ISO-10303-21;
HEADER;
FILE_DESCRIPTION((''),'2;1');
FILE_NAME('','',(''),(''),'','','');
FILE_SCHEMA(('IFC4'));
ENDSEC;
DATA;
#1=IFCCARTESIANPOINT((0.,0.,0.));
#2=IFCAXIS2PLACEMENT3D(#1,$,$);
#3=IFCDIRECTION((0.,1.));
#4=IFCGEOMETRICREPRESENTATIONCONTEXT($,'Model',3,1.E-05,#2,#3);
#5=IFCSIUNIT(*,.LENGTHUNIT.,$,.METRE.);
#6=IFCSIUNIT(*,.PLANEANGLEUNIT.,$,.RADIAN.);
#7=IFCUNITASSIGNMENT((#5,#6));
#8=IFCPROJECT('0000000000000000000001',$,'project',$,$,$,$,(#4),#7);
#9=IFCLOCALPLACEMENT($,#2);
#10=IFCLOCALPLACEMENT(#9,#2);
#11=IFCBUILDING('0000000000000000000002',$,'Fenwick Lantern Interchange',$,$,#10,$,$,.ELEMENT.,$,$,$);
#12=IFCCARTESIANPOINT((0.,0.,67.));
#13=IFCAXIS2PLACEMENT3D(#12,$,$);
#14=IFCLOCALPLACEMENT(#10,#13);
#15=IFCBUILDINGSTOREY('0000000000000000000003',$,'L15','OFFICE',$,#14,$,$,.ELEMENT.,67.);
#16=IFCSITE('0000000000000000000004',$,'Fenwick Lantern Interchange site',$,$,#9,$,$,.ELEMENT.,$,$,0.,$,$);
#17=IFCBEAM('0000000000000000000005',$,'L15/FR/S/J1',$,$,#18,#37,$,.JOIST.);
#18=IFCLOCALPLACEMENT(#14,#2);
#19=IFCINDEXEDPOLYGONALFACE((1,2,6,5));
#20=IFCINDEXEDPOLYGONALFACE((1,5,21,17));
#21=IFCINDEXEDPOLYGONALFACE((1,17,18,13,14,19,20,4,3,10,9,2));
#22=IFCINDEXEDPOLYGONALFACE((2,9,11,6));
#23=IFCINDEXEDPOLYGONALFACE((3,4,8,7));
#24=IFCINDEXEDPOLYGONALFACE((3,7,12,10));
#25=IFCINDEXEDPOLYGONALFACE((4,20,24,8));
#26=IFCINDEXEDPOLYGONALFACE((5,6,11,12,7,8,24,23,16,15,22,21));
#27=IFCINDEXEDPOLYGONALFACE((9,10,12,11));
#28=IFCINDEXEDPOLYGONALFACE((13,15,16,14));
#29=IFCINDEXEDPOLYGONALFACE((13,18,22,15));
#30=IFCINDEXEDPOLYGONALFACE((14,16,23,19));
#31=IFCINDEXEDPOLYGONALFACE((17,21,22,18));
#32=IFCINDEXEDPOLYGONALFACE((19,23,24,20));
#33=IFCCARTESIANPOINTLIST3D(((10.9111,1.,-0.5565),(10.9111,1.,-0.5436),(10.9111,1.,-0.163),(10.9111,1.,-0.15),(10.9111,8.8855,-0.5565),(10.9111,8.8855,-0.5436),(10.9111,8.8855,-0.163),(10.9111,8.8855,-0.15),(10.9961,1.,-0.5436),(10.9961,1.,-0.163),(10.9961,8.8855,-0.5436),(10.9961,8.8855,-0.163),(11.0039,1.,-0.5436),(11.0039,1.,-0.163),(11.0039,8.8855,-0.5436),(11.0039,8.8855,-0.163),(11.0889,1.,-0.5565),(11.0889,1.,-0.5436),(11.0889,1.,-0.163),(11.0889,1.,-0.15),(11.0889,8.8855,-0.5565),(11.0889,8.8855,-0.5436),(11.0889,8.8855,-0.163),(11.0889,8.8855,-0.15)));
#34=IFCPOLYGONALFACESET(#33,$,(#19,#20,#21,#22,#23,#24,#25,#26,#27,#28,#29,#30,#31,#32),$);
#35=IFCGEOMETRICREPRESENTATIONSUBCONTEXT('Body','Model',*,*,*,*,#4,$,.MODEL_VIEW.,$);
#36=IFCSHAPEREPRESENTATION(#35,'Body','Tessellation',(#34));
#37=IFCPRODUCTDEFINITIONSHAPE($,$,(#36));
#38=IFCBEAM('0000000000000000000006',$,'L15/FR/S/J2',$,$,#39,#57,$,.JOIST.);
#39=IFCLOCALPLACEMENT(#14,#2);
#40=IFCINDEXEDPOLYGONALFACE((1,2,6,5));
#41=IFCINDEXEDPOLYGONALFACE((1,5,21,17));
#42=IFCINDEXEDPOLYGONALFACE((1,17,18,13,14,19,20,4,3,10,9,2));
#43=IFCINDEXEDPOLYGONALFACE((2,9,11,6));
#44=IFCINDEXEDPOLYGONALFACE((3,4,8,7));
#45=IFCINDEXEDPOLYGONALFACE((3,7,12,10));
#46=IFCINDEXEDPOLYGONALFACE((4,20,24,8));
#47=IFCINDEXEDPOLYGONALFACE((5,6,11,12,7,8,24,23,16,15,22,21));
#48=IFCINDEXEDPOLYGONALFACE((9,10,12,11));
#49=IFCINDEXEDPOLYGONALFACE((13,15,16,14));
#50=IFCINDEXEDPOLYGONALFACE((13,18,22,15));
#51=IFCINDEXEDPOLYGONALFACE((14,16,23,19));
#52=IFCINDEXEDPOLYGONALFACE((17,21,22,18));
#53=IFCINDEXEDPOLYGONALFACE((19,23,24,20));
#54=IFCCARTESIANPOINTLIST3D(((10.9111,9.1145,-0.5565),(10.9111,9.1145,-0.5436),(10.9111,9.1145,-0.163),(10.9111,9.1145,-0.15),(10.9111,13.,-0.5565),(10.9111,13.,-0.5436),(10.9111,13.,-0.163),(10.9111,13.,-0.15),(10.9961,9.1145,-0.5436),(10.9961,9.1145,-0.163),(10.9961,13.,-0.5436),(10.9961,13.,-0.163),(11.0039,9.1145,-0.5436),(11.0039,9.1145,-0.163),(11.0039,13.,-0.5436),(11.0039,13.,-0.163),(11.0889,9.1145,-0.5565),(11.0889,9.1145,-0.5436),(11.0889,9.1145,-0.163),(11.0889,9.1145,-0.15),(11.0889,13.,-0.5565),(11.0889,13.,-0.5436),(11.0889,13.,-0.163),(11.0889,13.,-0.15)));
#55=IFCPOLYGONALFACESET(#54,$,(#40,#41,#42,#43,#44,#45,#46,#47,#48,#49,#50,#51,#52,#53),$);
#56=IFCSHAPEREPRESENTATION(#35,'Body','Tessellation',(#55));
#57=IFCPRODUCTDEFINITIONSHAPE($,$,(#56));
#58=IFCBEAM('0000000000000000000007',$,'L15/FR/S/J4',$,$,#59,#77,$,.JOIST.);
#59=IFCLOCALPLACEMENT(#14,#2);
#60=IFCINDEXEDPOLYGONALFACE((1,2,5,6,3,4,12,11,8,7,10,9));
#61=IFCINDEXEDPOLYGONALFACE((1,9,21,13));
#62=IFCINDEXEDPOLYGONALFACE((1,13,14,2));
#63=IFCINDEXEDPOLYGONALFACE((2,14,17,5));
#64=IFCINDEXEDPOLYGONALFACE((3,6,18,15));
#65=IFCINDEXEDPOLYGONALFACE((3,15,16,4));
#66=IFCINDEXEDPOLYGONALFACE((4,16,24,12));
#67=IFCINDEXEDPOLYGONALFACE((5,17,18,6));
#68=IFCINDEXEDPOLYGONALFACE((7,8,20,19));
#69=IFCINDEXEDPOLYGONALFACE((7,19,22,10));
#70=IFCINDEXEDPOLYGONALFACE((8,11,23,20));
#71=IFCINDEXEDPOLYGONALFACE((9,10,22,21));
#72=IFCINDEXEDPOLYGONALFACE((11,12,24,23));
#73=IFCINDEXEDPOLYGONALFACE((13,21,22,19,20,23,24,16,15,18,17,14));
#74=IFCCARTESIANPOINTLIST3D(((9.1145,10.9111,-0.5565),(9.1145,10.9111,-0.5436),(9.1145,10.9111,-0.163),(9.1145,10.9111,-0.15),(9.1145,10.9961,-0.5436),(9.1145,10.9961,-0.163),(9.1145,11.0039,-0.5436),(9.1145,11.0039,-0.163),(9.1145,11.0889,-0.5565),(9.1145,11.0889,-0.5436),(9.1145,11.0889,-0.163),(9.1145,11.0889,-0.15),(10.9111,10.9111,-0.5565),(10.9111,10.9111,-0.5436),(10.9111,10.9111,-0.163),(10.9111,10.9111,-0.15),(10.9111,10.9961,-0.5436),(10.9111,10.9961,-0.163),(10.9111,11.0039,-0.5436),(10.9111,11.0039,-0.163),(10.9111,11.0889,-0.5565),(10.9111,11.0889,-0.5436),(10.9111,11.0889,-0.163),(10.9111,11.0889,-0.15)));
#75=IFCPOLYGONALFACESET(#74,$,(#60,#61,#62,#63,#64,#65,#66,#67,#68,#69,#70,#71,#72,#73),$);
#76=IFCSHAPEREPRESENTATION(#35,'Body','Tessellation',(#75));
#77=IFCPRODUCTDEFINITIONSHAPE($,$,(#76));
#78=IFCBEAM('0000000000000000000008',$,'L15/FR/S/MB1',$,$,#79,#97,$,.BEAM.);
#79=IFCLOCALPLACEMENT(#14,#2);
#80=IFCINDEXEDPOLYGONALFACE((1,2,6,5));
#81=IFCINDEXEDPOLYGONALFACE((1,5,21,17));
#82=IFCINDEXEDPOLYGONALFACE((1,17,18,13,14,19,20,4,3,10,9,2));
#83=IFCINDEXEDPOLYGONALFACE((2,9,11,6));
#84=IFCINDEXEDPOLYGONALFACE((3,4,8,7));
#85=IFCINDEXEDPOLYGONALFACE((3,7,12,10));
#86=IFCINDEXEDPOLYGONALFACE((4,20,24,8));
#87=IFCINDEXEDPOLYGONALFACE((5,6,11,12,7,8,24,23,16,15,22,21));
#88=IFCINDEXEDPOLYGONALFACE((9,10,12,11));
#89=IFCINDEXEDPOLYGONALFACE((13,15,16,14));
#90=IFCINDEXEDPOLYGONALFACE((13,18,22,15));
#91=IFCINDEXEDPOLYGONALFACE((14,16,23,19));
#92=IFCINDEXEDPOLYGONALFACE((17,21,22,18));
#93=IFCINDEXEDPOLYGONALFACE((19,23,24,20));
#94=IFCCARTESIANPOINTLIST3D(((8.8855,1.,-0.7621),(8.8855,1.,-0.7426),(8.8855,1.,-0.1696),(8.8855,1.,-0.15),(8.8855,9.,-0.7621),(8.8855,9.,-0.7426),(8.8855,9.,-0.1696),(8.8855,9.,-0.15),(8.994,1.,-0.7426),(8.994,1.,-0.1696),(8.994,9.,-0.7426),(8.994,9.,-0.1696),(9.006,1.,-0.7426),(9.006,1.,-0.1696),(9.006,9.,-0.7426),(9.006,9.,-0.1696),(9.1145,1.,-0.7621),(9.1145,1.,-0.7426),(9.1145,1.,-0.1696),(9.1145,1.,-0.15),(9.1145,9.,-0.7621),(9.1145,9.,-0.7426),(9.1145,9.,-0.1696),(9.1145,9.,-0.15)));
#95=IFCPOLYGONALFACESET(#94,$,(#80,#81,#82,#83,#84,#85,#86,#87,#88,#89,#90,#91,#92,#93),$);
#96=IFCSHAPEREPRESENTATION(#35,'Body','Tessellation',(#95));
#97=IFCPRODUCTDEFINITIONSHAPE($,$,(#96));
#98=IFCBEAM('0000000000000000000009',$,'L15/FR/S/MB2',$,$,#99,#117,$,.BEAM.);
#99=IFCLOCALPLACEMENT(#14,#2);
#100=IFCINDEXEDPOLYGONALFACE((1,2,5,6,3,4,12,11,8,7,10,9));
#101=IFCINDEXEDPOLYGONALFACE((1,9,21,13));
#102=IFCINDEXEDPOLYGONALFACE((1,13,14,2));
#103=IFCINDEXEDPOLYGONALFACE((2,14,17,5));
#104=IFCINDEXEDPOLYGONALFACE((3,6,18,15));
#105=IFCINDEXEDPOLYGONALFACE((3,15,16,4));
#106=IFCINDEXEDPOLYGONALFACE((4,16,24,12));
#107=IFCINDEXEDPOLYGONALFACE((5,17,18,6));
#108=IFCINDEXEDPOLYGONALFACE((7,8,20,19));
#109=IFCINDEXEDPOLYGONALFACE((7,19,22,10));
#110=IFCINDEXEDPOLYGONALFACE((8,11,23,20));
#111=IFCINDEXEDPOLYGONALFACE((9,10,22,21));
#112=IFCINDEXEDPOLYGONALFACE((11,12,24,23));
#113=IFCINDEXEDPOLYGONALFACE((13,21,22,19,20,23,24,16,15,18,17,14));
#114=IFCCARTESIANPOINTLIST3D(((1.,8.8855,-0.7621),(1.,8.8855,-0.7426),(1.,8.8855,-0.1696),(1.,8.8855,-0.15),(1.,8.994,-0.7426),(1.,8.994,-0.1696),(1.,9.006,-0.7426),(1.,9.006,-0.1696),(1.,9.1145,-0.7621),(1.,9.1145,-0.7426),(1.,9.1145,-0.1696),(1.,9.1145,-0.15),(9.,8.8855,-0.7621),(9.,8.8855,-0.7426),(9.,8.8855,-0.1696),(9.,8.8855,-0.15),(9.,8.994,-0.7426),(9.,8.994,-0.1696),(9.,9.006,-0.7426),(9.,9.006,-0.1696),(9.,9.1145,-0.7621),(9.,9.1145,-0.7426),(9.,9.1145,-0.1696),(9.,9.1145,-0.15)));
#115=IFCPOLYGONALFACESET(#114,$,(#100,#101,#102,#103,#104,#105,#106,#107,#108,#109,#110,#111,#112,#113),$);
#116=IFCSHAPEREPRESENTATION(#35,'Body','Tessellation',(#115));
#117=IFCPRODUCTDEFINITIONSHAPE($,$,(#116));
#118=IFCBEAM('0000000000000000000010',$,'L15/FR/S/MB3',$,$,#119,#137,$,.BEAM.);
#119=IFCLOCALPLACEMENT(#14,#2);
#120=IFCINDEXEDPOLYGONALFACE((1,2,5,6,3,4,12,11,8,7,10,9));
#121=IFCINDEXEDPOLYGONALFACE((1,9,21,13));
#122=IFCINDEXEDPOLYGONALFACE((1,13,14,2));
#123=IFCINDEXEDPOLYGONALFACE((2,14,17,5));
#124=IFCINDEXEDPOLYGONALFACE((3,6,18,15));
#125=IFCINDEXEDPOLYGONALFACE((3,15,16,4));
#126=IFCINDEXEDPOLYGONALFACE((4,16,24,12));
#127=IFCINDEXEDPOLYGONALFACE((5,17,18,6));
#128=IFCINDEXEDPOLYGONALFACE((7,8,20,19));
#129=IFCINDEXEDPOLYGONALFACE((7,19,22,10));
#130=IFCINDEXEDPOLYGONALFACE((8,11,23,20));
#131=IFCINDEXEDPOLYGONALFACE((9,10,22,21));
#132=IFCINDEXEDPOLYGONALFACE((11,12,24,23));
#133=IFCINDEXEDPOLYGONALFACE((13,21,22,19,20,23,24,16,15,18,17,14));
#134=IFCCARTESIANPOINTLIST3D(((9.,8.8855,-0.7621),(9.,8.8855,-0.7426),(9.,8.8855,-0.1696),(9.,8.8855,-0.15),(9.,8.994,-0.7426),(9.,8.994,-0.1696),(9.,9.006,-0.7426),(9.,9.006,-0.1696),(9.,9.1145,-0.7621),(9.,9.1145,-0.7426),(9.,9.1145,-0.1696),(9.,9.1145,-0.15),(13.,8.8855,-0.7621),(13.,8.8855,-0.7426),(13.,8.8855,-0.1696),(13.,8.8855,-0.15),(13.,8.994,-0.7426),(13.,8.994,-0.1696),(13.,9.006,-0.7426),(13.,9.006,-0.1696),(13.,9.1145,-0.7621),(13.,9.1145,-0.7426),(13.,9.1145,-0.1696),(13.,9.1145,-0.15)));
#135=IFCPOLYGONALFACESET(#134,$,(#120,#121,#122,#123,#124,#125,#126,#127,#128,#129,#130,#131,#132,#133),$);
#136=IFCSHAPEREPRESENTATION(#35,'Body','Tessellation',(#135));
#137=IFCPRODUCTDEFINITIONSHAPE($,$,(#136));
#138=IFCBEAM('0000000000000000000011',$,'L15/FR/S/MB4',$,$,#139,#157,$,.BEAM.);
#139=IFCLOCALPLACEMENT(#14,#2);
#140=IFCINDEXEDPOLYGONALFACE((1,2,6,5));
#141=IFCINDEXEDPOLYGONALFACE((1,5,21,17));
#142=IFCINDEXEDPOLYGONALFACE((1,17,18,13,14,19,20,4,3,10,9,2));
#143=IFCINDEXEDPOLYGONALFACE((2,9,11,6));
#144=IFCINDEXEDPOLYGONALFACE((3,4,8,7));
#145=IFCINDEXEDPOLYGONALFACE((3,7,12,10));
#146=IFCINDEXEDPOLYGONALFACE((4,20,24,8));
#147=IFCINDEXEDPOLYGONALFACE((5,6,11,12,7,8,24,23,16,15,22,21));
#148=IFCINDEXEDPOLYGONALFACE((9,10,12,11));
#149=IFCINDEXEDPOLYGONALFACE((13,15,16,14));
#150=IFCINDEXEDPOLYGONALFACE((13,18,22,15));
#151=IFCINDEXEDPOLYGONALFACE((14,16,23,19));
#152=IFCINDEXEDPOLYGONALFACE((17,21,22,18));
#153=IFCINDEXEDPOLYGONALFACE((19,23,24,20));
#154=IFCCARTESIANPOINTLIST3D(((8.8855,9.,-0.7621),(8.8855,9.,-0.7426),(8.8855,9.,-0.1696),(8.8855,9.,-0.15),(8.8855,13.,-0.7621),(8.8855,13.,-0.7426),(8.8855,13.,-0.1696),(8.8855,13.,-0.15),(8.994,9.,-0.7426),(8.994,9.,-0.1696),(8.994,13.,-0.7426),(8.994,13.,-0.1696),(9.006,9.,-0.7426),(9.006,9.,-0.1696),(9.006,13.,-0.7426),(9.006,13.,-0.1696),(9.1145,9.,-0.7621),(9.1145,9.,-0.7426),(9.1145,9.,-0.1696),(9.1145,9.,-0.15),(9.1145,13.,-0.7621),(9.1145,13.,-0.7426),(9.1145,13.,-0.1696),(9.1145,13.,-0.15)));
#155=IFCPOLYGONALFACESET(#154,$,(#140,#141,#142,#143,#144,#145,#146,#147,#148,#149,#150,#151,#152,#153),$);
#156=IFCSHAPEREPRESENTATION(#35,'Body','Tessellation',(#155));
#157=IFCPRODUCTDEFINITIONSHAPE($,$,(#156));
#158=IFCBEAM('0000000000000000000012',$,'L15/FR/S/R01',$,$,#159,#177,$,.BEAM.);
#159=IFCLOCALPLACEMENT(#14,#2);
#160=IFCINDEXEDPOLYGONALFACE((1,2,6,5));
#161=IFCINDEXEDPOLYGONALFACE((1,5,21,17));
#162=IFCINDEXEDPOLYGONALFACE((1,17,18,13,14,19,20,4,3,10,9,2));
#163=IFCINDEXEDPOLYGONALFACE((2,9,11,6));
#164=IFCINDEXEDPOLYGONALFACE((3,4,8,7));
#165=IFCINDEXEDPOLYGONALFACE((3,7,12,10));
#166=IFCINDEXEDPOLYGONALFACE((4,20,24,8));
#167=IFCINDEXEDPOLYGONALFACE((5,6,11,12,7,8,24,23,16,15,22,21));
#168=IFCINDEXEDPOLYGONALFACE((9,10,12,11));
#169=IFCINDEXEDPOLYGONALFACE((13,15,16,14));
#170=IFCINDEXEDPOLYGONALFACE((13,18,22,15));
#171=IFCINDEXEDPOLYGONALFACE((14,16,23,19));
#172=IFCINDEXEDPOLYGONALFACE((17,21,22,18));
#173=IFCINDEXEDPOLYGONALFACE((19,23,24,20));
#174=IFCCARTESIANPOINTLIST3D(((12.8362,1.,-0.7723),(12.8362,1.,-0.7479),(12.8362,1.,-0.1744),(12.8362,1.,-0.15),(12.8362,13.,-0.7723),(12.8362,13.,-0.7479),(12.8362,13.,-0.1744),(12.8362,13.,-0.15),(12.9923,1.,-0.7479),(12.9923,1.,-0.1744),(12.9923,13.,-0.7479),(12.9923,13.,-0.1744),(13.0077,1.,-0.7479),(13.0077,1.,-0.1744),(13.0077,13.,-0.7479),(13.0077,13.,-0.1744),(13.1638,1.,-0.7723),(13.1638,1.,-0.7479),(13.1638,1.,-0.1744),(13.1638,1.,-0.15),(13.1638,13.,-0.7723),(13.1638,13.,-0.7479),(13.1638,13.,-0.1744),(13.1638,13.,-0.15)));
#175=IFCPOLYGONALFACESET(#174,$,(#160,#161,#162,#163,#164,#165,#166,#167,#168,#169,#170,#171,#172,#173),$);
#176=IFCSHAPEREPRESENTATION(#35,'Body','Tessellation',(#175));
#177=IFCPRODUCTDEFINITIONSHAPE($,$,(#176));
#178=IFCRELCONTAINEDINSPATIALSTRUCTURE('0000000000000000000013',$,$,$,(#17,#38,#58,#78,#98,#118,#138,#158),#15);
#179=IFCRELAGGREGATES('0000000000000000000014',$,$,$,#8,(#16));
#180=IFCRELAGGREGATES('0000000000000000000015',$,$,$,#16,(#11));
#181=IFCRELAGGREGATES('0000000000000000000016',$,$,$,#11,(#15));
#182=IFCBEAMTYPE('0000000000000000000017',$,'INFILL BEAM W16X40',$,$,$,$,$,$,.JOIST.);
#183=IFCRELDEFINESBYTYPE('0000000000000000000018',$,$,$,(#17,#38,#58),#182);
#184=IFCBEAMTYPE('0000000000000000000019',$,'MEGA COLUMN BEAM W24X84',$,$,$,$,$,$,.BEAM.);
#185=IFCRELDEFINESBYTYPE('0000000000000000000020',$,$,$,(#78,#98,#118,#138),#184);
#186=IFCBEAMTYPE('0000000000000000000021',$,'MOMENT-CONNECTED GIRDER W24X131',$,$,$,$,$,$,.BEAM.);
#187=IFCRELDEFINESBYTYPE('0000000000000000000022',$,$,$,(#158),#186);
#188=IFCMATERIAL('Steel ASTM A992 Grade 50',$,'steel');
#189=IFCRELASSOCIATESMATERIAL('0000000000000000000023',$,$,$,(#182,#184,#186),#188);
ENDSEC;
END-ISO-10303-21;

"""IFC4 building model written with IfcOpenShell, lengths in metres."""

from ifc_helpers import new_model, si_unit, direction, frame, origin, origin_2d, place, context, subcontext, project, spatial, i_section, extrude, material, material_profile, profile_set, type_object, element, save


model = new_model("IFC4")

# Units and contexts
model_context = context("Model", 3, precision=1e-05, world=origin(), true_north=direction((0.0, 1.0)))
body_context = subcontext(model_context, "Body", "Model", "MODEL_VIEW")
ifc_project = project(units=[si_unit("LENGTHUNIT", "METRE"), si_unit("PLANEANGLEUNIT", "RADIAN")], contexts=[model_context])

# Site, building, storey
site_placement = place(None, origin())
site = spatial("IfcSite", under=ifc_project, at=site_placement, Name="Fenwick Lantern Interchange site", CompositionType="ELEMENT", RefElevation=0.0)
building_placement = place(site_placement, origin())
building = spatial("IfcBuilding", under=site, at=building_placement, Name="Fenwick Lantern Interchange", CompositionType="ELEMENT")
storey_placement = place(building_placement, frame((0.0, 0.0, 67.0)))
storey = spatial("IfcBuildingStorey", under=building, at=storey_placement, Name="L15", Description="OFFICE", CompositionType="ELEMENT", Elevation=67.0)

# Shared definitions
ifc_material_1 = material(Name="Steel ASTM A992 Grade 50", Category="steel")

# Beams
ifc_material_profile_1 = material_profile(ifc_material_1, i_section(OverallWidth=0.1777, OverallDepth=0.4065, WebThickness=0.0078, FlangeThickness=0.0129, at=origin_2d()), Name="W16X40")
ifc_profile_set_1 = profile_set([ifc_material_profile_1], Name="Steel ASTM A992 Grade 50")
beam_type_1 = type_object("IfcBeamType", Name="INFILL BEAM W16X40", PredefinedType="JOIST", material=ifc_profile_set_1)
beam_1_placement = place(storey_placement, frame((11.0, 1.0, -0.3533), z_axis=(0.0, 1.0, 0.0), x_axis=(-1.0, 0.0, 0.0)))
element("IfcBeam", 1, at=beam_1_placement, inside=storey, type_object=beam_type_1, Name="L15/FR/S/J1", PredefinedType="JOIST", context=body_context, shape_type="SweptSolid", body=[
    extrude(i_section(OverallWidth=0.1777, OverallDepth=0.4065, WebThickness=0.0078, FlangeThickness=0.0129, at=origin_2d()), origin(), (0.0, 0.0, 1.0), 7.8855),
])
beam_2_placement = place(storey_placement, frame((11.0, 9.1145, -0.3533), z_axis=(0.0, 1.0, 0.0), x_axis=(-1.0, 0.0, 0.0)))
element("IfcBeam", 2, at=beam_2_placement, inside=storey, type_object=beam_type_1, Name="L15/FR/S/J2", PredefinedType="JOIST", context=body_context, shape_type="SweptSolid", body=[
    extrude(i_section(OverallWidth=0.1777, OverallDepth=0.4065, WebThickness=0.0078, FlangeThickness=0.0129, at=origin_2d()), origin(), (0.0, 0.0, 1.0), 3.8855),
])
beam_3_placement = place(storey_placement, frame((9.1145, 11.0, -0.3533), z_axis=(1.0, 0.0, 0.0), x_axis=(0.0, 1.0, 0.0)))
element("IfcBeam", 3, at=beam_3_placement, inside=storey, type_object=beam_type_1, Name="L15/FR/S/J4", PredefinedType="JOIST", context=body_context, shape_type="SweptSolid", body=[
    extrude(i_section(OverallWidth=0.1777, OverallDepth=0.4065, WebThickness=0.0078, FlangeThickness=0.0129, at=origin_2d()), origin(), (0.0, 0.0, 1.0), 1.7966),
])
ifc_material_profile_2 = material_profile(ifc_material_1, i_section(OverallWidth=0.229, OverallDepth=0.6121, WebThickness=0.012, FlangeThickness=0.0195, at=origin_2d()), Name="W24X84")
ifc_profile_set_2 = profile_set([ifc_material_profile_2], Name="Steel ASTM A992 Grade 50")
beam_type_2 = type_object("IfcBeamType", Name="MEGA COLUMN BEAM W24X84", PredefinedType="BEAM", material=ifc_profile_set_2)
for number, where, z_axis, x_axis, name in (
    (4, (9.0, 9.0, -0.4561), (0.0, -1.0, 0.0), (1.0, 0.0, 0.0), "L15/FR/S/MB1"),
    (5, (9.0, 9.0, -0.4561), (-1.0, 0.0, 0.0), (0.0, -1.0, 0.0), "L15/FR/S/MB2"),
):
    element("IfcBeam", number, at=place(storey_placement, frame(where, z_axis=z_axis, x_axis=x_axis)), inside=storey, type_object=beam_type_2, Name=name, PredefinedType="BEAM", context=body_context, shape_type="SweptSolid", body=[
        extrude(i_section(OverallWidth=0.229, OverallDepth=0.6121, WebThickness=0.012, FlangeThickness=0.0195, at=origin_2d()), origin(), (0.0, 0.0, 1.0), 8.0),
    ])
for number, where, z_axis, x_axis, name in (
    (6, (9.0, 9.0, -0.4561), (1.0, 0.0, 0.0), (0.0, 1.0, 0.0), "L15/FR/S/MB3"),
    (7, (9.0, 9.0, -0.4561), (0.0, 1.0, 0.0), (-1.0, 0.0, 0.0), "L15/FR/S/MB4"),
):
    element("IfcBeam", number, at=place(storey_placement, frame(where, z_axis=z_axis, x_axis=x_axis)), inside=storey, type_object=beam_type_2, Name=name, PredefinedType="BEAM", context=body_context, shape_type="SweptSolid", body=[
        extrude(i_section(OverallWidth=0.229, OverallDepth=0.6121, WebThickness=0.012, FlangeThickness=0.0195, at=origin_2d()), origin(), (0.0, 0.0, 1.0), 4.0),
    ])
ifc_material_profile_3 = material_profile(ifc_material_1, i_section(OverallWidth=0.3276, OverallDepth=0.6223, WebThickness=0.0154, FlangeThickness=0.0244, at=origin_2d()), Name="W24X131")
ifc_profile_set_3 = profile_set([ifc_material_profile_3], Name="Steel ASTM A992 Grade 50")
beam_type_3 = type_object("IfcBeamType", Name="MOMENT-CONNECTED GIRDER W24X131", PredefinedType="BEAM", material=ifc_profile_set_3)
beam_4_placement = place(storey_placement, frame((13.0, 1.0, -0.4612), z_axis=(0.0, 1.0, 0.0), x_axis=(-1.0, 0.0, 0.0)))
element("IfcBeam", 8, at=beam_4_placement, inside=storey, type_object=beam_type_3, Name="L15/FR/S/R01", PredefinedType="BEAM", context=body_context, shape_type="SweptSolid", body=[
    extrude(i_section(OverallWidth=0.3276, OverallDepth=0.6223, WebThickness=0.0154, FlangeThickness=0.0244, at=origin_2d()), origin(), (0.0, 0.0, 1.0), 12.0),
])

save(model, "model.ifc")
